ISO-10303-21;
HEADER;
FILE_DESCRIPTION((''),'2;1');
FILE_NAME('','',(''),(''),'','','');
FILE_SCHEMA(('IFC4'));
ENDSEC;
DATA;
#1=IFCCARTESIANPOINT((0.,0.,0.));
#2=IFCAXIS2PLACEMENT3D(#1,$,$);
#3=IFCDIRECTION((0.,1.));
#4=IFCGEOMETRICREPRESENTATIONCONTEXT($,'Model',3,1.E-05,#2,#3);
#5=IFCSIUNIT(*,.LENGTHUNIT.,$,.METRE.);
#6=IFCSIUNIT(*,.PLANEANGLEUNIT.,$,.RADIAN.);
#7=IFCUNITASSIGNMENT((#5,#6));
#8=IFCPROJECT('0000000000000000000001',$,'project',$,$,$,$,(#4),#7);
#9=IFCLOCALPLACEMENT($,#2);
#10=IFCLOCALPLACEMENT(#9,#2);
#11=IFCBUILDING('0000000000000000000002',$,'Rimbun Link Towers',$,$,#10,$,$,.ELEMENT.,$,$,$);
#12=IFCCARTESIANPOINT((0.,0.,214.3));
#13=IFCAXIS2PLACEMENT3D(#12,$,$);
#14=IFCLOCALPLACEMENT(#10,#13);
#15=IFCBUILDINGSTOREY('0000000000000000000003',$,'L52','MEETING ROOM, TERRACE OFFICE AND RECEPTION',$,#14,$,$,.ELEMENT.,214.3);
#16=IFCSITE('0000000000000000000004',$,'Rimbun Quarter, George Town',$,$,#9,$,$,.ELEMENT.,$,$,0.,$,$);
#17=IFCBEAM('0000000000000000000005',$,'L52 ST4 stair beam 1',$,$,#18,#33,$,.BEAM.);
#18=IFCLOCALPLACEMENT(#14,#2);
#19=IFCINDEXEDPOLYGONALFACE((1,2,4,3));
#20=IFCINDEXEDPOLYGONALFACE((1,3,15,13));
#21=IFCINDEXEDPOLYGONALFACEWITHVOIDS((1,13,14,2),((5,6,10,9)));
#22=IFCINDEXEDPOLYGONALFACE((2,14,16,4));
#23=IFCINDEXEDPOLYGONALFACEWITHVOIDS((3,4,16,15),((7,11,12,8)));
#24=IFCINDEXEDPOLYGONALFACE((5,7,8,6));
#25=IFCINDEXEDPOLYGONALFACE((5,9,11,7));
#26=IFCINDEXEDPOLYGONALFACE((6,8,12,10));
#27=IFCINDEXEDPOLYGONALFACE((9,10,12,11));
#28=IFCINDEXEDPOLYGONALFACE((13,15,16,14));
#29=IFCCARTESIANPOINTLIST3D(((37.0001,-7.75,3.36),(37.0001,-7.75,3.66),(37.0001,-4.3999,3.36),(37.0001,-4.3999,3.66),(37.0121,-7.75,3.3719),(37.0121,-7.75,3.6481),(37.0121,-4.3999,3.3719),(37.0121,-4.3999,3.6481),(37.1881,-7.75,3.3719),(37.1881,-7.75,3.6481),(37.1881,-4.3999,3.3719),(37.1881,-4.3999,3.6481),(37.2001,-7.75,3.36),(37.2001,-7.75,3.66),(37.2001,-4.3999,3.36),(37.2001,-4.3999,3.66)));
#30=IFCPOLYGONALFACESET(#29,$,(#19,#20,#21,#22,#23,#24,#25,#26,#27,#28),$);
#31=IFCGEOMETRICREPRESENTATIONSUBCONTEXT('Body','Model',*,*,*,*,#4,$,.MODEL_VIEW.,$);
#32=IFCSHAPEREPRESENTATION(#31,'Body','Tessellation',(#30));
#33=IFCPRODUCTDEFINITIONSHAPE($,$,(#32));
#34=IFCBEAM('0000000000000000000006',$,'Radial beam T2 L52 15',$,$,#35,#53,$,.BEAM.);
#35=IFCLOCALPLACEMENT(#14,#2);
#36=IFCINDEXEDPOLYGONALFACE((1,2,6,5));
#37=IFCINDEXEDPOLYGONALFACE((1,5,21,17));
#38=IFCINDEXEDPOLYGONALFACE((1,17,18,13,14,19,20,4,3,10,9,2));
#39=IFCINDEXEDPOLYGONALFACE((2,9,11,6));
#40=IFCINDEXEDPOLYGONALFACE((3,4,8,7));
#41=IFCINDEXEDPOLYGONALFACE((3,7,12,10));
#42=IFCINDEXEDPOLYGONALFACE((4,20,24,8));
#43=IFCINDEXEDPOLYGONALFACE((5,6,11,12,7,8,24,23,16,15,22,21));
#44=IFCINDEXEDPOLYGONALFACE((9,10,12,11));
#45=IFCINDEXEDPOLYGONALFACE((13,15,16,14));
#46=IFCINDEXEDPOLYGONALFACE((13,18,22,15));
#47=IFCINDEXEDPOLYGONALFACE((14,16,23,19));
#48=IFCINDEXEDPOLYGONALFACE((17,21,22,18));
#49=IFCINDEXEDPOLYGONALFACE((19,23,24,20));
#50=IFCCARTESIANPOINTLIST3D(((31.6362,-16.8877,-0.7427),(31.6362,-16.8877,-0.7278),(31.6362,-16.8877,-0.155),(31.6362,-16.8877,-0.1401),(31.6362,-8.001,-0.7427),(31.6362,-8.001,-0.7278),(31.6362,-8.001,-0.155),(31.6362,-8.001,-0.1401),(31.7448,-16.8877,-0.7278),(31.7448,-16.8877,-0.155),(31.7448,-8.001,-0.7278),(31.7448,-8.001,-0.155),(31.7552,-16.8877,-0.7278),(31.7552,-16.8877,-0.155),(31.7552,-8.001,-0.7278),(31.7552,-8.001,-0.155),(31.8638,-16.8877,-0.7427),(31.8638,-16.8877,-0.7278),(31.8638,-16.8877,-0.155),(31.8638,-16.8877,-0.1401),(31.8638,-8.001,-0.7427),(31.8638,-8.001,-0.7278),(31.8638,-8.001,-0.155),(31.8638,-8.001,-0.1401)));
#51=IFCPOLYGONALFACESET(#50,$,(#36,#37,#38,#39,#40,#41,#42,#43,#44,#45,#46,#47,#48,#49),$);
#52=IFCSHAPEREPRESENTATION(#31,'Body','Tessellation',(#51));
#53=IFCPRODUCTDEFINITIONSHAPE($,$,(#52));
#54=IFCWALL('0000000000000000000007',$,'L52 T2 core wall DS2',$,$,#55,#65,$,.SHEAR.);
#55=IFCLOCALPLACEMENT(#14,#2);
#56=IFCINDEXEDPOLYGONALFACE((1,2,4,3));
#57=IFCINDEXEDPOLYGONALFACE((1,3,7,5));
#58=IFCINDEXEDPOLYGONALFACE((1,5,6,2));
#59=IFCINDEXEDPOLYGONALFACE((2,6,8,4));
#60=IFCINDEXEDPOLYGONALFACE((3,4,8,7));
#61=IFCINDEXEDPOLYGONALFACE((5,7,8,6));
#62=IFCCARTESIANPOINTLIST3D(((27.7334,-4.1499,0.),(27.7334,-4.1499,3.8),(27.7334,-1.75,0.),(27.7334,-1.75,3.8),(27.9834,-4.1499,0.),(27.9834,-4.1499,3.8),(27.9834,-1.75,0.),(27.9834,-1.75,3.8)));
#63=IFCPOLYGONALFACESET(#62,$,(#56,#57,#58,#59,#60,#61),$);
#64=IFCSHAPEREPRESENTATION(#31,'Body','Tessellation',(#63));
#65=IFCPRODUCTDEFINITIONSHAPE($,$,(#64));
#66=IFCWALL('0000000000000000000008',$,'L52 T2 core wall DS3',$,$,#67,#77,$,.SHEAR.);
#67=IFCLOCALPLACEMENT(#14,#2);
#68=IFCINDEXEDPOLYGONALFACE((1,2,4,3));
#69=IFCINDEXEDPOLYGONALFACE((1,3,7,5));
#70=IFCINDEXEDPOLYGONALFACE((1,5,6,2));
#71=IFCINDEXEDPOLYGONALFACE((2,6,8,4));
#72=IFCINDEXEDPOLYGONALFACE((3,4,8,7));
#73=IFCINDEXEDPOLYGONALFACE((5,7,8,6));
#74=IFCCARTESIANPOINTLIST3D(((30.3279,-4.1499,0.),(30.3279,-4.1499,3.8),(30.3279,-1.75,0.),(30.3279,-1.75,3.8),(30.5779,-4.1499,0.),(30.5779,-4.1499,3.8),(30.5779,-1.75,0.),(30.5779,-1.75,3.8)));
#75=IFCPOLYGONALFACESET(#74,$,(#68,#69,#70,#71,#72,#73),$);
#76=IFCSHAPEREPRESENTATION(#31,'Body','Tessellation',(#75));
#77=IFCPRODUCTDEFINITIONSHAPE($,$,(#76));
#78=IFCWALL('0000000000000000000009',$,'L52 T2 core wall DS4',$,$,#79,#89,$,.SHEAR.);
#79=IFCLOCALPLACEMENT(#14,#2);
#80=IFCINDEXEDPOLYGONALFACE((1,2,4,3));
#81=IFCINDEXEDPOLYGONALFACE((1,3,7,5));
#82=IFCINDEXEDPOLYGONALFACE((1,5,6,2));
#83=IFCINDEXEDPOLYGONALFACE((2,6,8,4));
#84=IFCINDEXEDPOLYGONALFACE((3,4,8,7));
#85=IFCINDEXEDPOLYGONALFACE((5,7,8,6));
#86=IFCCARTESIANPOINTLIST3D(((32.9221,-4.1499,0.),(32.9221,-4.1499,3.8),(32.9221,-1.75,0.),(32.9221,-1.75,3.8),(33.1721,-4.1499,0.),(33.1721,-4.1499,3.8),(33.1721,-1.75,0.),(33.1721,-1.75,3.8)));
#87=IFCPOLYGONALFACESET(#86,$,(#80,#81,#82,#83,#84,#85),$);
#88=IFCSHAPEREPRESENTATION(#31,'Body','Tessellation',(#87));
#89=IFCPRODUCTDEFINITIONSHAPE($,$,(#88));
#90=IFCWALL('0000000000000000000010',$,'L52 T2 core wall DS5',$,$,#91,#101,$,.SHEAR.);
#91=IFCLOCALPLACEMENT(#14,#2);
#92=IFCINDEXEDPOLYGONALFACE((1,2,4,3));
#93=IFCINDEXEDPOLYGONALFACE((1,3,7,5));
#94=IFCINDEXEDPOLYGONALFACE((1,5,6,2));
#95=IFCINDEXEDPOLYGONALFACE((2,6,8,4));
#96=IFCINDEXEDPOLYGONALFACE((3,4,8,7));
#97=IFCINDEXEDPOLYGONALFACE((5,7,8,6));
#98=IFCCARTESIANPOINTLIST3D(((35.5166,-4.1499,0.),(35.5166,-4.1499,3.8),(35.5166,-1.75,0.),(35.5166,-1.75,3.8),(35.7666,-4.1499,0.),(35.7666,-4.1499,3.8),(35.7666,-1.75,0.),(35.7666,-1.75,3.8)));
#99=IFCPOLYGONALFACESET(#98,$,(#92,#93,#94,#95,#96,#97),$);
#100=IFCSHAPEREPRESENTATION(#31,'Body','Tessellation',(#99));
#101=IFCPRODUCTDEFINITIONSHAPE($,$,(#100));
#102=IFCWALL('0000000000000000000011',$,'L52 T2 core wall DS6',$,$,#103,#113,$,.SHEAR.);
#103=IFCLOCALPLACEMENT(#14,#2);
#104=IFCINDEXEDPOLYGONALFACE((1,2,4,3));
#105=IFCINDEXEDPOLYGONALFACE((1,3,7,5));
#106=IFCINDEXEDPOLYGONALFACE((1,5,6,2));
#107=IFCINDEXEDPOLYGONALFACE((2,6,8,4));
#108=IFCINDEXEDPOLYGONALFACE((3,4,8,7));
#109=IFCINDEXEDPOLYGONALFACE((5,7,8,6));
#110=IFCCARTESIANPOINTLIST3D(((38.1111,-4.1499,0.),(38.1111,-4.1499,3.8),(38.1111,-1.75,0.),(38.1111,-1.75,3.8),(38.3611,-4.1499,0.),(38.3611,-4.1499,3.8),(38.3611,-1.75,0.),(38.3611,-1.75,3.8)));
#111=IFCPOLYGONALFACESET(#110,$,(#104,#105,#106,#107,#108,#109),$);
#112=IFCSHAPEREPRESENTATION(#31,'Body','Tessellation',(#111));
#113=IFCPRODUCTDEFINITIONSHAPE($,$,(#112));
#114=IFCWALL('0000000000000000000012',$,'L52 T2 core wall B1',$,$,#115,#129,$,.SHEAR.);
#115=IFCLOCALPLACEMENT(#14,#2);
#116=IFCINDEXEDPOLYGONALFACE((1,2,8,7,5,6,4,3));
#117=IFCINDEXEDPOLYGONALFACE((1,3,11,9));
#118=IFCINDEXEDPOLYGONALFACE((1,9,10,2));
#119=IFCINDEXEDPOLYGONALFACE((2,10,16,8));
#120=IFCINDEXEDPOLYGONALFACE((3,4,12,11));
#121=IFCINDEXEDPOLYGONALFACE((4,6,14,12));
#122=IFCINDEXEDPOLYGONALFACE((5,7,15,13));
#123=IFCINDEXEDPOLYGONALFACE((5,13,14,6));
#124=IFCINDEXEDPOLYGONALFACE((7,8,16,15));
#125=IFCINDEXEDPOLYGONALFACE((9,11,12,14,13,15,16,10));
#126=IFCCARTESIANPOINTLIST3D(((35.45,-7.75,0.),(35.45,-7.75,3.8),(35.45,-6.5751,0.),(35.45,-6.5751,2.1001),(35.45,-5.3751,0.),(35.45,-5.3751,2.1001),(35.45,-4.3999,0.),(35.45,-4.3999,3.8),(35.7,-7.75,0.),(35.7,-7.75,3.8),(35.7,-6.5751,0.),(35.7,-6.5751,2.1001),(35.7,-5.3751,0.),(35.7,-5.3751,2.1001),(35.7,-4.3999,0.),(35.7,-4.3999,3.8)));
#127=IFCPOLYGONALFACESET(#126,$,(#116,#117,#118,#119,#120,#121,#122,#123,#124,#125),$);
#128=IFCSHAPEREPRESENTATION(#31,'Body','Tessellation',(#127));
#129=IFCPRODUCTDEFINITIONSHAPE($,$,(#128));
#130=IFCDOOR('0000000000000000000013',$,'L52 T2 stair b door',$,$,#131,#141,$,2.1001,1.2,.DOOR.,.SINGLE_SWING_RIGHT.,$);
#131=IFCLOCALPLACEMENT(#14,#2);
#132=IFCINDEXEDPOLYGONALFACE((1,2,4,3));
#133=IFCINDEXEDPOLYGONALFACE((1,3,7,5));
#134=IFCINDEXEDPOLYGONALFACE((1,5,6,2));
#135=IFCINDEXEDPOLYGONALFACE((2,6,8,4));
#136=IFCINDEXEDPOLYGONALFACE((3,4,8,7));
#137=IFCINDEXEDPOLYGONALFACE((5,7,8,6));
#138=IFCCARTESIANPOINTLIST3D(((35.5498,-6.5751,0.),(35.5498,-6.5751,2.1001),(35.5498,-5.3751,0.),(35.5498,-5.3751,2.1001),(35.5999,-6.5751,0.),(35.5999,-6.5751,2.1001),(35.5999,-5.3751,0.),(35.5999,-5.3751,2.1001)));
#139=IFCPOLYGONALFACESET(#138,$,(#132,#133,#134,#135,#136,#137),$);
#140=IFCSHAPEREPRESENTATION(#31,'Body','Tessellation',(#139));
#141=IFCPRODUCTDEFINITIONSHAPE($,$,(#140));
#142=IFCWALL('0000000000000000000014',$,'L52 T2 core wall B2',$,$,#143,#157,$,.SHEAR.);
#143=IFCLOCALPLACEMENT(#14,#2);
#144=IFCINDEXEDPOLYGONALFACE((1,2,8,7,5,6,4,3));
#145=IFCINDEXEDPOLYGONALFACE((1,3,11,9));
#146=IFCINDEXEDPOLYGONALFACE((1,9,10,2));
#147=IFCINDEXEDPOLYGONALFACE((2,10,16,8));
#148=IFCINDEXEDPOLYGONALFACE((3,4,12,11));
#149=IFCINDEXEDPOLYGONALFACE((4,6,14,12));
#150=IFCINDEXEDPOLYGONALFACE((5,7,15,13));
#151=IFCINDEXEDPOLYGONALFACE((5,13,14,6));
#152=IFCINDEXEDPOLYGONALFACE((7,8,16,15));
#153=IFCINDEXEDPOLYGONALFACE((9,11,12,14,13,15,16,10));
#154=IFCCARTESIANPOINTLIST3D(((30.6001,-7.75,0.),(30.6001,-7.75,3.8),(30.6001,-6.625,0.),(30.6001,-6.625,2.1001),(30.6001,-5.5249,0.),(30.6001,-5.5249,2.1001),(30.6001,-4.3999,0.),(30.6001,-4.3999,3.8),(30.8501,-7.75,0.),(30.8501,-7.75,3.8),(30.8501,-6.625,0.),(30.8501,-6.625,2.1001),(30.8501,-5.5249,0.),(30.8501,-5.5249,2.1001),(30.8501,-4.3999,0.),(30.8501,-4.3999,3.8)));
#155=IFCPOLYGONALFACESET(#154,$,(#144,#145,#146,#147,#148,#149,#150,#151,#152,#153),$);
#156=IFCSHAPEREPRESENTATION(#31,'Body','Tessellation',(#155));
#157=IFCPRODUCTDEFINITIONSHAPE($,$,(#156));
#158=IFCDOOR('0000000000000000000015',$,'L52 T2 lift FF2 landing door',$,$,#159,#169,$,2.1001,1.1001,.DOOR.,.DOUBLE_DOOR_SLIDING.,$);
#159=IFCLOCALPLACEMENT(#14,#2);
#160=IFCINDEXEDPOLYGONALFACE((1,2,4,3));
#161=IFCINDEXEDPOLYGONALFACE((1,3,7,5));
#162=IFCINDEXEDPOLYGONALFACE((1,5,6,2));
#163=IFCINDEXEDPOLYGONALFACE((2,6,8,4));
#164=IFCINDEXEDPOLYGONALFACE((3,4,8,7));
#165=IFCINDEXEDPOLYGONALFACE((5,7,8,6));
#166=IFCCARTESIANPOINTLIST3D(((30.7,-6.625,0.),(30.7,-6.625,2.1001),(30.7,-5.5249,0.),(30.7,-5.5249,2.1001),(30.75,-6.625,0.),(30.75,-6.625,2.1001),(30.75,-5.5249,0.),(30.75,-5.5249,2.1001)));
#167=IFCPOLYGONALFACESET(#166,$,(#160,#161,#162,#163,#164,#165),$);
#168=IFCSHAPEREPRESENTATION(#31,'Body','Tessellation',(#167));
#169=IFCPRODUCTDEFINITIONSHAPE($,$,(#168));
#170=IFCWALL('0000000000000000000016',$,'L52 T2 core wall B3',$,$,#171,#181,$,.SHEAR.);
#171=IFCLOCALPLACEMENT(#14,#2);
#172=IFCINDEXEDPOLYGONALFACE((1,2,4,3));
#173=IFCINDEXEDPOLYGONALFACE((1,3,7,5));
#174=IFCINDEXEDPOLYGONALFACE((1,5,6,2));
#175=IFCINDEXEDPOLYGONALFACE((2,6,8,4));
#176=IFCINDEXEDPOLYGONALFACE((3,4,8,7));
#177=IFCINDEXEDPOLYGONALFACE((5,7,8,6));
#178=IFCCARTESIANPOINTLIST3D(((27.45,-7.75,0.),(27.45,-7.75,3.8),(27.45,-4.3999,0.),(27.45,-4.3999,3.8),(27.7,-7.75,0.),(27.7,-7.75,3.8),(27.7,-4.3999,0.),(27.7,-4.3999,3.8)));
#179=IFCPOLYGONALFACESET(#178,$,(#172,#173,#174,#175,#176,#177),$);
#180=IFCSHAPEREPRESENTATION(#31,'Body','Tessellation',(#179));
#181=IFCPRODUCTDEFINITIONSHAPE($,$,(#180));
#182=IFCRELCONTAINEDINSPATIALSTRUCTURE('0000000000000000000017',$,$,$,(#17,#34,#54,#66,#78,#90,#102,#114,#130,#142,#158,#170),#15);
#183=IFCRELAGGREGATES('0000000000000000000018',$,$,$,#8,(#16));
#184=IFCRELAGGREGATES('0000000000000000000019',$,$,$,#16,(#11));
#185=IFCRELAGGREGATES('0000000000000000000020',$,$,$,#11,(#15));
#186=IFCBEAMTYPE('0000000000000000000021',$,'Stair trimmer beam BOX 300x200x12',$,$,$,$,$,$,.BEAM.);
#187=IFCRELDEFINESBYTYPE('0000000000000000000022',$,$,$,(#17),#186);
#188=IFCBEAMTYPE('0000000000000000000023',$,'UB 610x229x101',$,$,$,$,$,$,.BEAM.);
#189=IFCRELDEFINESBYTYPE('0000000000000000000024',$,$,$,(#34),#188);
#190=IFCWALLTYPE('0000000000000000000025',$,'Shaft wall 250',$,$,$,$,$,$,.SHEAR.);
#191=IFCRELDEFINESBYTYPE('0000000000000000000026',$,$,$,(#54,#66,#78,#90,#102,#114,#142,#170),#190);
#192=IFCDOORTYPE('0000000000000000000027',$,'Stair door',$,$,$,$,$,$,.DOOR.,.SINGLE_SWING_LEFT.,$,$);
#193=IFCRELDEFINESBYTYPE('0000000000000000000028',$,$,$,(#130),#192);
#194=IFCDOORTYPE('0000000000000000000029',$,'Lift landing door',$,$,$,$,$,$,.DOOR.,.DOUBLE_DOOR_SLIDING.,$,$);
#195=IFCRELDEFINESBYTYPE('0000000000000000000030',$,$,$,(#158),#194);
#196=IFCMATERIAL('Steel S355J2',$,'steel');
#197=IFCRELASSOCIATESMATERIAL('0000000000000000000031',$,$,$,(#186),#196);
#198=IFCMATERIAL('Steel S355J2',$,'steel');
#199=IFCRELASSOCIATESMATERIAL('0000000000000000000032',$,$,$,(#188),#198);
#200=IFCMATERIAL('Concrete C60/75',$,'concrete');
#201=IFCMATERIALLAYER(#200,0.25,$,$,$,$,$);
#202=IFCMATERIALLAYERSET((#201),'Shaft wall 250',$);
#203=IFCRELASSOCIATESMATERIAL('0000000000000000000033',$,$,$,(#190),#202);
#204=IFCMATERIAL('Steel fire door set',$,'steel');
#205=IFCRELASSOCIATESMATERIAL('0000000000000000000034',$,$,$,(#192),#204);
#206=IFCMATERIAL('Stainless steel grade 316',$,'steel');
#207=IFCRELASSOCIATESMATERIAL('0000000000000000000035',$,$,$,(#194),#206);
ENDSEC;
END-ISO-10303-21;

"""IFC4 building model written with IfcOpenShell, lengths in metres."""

from ifc_helpers import new_model, si_unit, direction, frame, frame_2d, origin, origin_2d, place, context, subcontext, project, spatial, rectangle, hollow_rectangle, i_section, extrude, material, layer, layer_set, material_profile, profile_set, type_object, element, fill, save


model = new_model("IFC4")

# Units and contexts
model_context = context("Model", 3, precision=1e-05, world=origin(), true_north=direction((0.0, 1.0)))
body_context = subcontext(model_context, "Body", "Model", "MODEL_VIEW")
ifc_project = project(units=[si_unit("LENGTHUNIT", "METRE"), si_unit("PLANEANGLEUNIT", "RADIAN")], contexts=[model_context])

# Site, building, storey
site_placement = place(None, origin())
site = spatial("IfcSite", under=ifc_project, at=site_placement, Name="Rimbun Quarter, George Town", CompositionType="ELEMENT", RefElevation=0.0)
building_placement = place(site_placement, origin())
building = spatial("IfcBuilding", under=site, at=building_placement, Name="Rimbun Link Towers", CompositionType="ELEMENT")
storey_placement = place(building_placement, frame((0.0, 0.0, 214.3)))
storey = spatial("IfcBuildingStorey", under=building, at=storey_placement, Name="L52", Description="MEETING ROOM, TERRACE OFFICE AND RECEPTION", CompositionType="ELEMENT", Elevation=214.3)

# Beams
ifc_material_1 = material(Name="Steel S355J2", Category="steel")
ifc_material_profile_1 = material_profile(ifc_material_1, hollow_rectangle(XDim=0.2, YDim=0.3, WallThickness=0.012, at=origin_2d()), Name="BOX 300x200x12")
ifc_profile_set_1 = profile_set([ifc_material_profile_1], Name="Steel S355J2")
beam_type_1 = type_object("IfcBeamType", Name="Stair trimmer beam BOX 300x200x12", PredefinedType="BEAM", material=ifc_profile_set_1)
beam_1_placement = place(storey_placement, frame((37.1001, -7.75, 3.51), z_axis=(0.0, 1.0, 0.0), x_axis=(-1.0, 0.0, 0.0)))
element("IfcBeam", 1, at=beam_1_placement, inside=storey, type_object=beam_type_1, Name="L52 ST4 stair beam 1", PredefinedType="BEAM", context=body_context, shape_type="SweptSolid", body=[
    extrude(hollow_rectangle(XDim=0.2, YDim=0.3, WallThickness=0.012, at=origin_2d()), origin(), (0.0, 0.0, 1.0), 3.3501),
])
ifc_material_2 = material(Name="Steel S355J2", Category="steel")
ifc_material_profile_2 = material_profile(ifc_material_2, i_section(OverallWidth=0.2275, OverallDepth=0.6025, WebThickness=0.0105, FlangeThickness=0.0149, at=origin_2d()), Name="UB 610x229x101")
ifc_profile_set_2 = profile_set([ifc_material_profile_2], Name="Steel S355J2")
beam_type_2 = type_object("IfcBeamType", Name="UB 610x229x101", PredefinedType="BEAM", material=ifc_profile_set_2)
beam_2_placement = place(storey_placement, frame((31.75, -8.001, -0.4414), z_axis=(0.0, -1.0, 0.0), x_axis=(1.0, 0.0, 0.0)))
element("IfcBeam", 2, at=beam_2_placement, inside=storey, type_object=beam_type_2, Name="Radial beam T2 L52 15", PredefinedType="BEAM", context=body_context, shape_type="SweptSolid", body=[
    extrude(i_section(OverallWidth=0.2275, OverallDepth=0.6025, WebThickness=0.0105, FlangeThickness=0.0149, at=origin_2d()), origin(), (0.0, 0.0, 1.0), 8.8867),
])

# Walls
ifc_material_3 = material(Name="Concrete C60/75", Category="concrete")
ifc_layer = layer(ifc_material_3, 0.25)
ifc_layer_set = layer_set([ifc_layer], Name="Shaft wall 250")
wall_type = type_object("IfcWallType", Name="Shaft wall 250", PredefinedType="SHEAR", material=ifc_layer_set)
for number, where, z_axis, x_axis, name in (
    (3, (27.8584, -4.1499, 0.0), (0.0, 0.0, 1.0), (0.0, 1.0, 0.0), "L52 T2 core wall DS2"),
    (4, (30.4529, -4.1499, 0.0), (0.0, 0.0, 1.0), (0.0, 1.0, 0.0), "L52 T2 core wall DS3"),
    (5, (33.0471, -4.1499, 0.0), (0.0, 0.0, 1.0), (0.0, 1.0, 0.0), "L52 T2 core wall DS4"),
    (6, (35.6416, -4.1499, 0.0), (0.0, 0.0, 1.0), (0.0, 1.0, 0.0), "L52 T2 core wall DS5"),
    (7, (38.2361, -4.1499, 0.0), (0.0, 0.0, 1.0), (0.0, 1.0, 0.0), "L52 T2 core wall DS6"),
):
    element("IfcWall", number, at=place(storey_placement, frame(where, z_axis=z_axis, x_axis=x_axis)), inside=storey, type_object=wall_type, Name=name, PredefinedType="SHEAR", context=body_context, shape_type="SweptSolid", body=[
        extrude(rectangle(XDim=2.3999, YDim=0.25, at=frame_2d((1.2, 0.0))), origin(), (0.0, 0.0, 1.0), 3.8),
    ])

# Walls, openings, doors
wall_1_placement = place(storey_placement, frame((35.575, -4.3999, 0.0), z_axis=(0.0, 0.0, 1.0), x_axis=(0.0, -1.0, 0.0)))
wall_1 = element("IfcWall", 8, at=wall_1_placement, inside=storey, type_object=wall_type, Name="L52 T2 core wall B1", PredefinedType="SHEAR", context=body_context, shape_type="SweptSolid", body=[
    extrude(rectangle(XDim=3.3501, YDim=0.25, at=frame_2d((1.675, 0.0))), origin(), (0.0, 0.0, 1.0), 3.8),
])
opening_1_placement = place(wall_1_placement, frame((0.9751, 0.0, 0.0)))
opening_1 = element("IfcOpeningElement", 9, at=opening_1_placement, cuts=wall_1, PredefinedType="OPENING", context=body_context, shape_type="SweptSolid", body=[
    extrude(rectangle(XDim=1.2, YDim=2.1001, at=frame_2d((0.6001, 1.05))), frame((0.0, 0.135, 0.0), z_axis=(0.0, -1.0, 0.0), x_axis=(1.0, 0.0, 0.0)), (0.0, 0.0, 1.0), 0.27),
])
ifc_material_4 = material(Name="Steel fire door set", Category="steel")
door_type_1 = type_object("IfcDoorType", Name="Stair door", OperationType="SINGLE_SWING_LEFT", PredefinedType="DOOR", material=ifc_material_4)
door_1_placement = place(opening_1_placement, origin())
door_1 = element("IfcDoor", 10, at=door_1_placement, inside=storey, type_object=door_type_1, Name="L52 T2 stair b door", OperationType="SINGLE_SWING_RIGHT", OverallHeight=2.1001, OverallWidth=1.2, PredefinedType="DOOR", context=body_context, shape_type="SweptSolid", body=[
    extrude(rectangle(XDim=1.2, YDim=2.1001, at=frame_2d((0.6001, 1.05))), frame((0.0, 0.0249, 0.0), z_axis=(0.0, -1.0, 0.0), x_axis=(1.0, 0.0, 0.0)), (0.0, 0.0, 1.0), 0.05),
])
fill(opening_1, door_1)
wall_2_placement = place(storey_placement, frame((30.7251, -4.3999, 0.0), z_axis=(0.0, 0.0, 1.0), x_axis=(0.0, -1.0, 0.0)))
wall_2 = element("IfcWall", 11, at=wall_2_placement, inside=storey, type_object=wall_type, Name="L52 T2 core wall B2", PredefinedType="SHEAR", context=body_context, shape_type="SweptSolid", body=[
    extrude(rectangle(XDim=3.3501, YDim=0.25, at=frame_2d((1.675, 0.0))), origin(), (0.0, 0.0, 1.0), 3.8),
])
opening_2_placement = place(wall_2_placement, frame((1.125, 0.0, 0.0)))
opening_2 = element("IfcOpeningElement", 12, at=opening_2_placement, cuts=wall_2, PredefinedType="OPENING", context=body_context, shape_type="SweptSolid", body=[
    extrude(rectangle(XDim=1.1001, YDim=2.1001, at=frame_2d((0.55, 1.05))), frame((0.0, 0.135, 0.0), z_axis=(0.0, -1.0, 0.0), x_axis=(1.0, 0.0, 0.0)), (0.0, 0.0, 1.0), 0.27),
])
ifc_material_5 = material(Name="Stainless steel grade 316", Category="steel")
door_type_2 = type_object("IfcDoorType", Name="Lift landing door", OperationType="DOUBLE_DOOR_SLIDING", PredefinedType="DOOR", material=ifc_material_5)
door_2_placement = place(opening_2_placement, origin())
door_2 = element("IfcDoor", 13, at=door_2_placement, inside=storey, type_object=door_type_2, Name="L52 T2 lift FF2 landing door", OperationType="DOUBLE_DOOR_SLIDING", OverallHeight=2.1001, OverallWidth=1.1001, PredefinedType="DOOR", context=body_context, shape_type="SweptSolid", body=[
    extrude(rectangle(XDim=1.1001, YDim=2.1001, at=frame_2d((0.55, 1.05))), frame((0.0, 0.0249, 0.0), z_axis=(0.0, -1.0, 0.0), x_axis=(1.0, 0.0, 0.0)), (0.0, 0.0, 1.0), 0.05),
])
fill(opening_2, door_2)

# Wall
wall_3_placement = place(storey_placement, frame((27.575, -4.3999, 0.0), z_axis=(0.0, 0.0, 1.0), x_axis=(0.0, -1.0, 0.0)))
element("IfcWall", 14, at=wall_3_placement, inside=storey, type_object=wall_type, Name="L52 T2 core wall B3", PredefinedType="SHEAR", context=body_context, shape_type="SweptSolid", body=[
    extrude(rectangle(XDim=3.3501, YDim=0.25, at=frame_2d((1.675, 0.0))), origin(), (0.0, 0.0, 1.0), 3.8),
])

save(model, "model.ifc")
